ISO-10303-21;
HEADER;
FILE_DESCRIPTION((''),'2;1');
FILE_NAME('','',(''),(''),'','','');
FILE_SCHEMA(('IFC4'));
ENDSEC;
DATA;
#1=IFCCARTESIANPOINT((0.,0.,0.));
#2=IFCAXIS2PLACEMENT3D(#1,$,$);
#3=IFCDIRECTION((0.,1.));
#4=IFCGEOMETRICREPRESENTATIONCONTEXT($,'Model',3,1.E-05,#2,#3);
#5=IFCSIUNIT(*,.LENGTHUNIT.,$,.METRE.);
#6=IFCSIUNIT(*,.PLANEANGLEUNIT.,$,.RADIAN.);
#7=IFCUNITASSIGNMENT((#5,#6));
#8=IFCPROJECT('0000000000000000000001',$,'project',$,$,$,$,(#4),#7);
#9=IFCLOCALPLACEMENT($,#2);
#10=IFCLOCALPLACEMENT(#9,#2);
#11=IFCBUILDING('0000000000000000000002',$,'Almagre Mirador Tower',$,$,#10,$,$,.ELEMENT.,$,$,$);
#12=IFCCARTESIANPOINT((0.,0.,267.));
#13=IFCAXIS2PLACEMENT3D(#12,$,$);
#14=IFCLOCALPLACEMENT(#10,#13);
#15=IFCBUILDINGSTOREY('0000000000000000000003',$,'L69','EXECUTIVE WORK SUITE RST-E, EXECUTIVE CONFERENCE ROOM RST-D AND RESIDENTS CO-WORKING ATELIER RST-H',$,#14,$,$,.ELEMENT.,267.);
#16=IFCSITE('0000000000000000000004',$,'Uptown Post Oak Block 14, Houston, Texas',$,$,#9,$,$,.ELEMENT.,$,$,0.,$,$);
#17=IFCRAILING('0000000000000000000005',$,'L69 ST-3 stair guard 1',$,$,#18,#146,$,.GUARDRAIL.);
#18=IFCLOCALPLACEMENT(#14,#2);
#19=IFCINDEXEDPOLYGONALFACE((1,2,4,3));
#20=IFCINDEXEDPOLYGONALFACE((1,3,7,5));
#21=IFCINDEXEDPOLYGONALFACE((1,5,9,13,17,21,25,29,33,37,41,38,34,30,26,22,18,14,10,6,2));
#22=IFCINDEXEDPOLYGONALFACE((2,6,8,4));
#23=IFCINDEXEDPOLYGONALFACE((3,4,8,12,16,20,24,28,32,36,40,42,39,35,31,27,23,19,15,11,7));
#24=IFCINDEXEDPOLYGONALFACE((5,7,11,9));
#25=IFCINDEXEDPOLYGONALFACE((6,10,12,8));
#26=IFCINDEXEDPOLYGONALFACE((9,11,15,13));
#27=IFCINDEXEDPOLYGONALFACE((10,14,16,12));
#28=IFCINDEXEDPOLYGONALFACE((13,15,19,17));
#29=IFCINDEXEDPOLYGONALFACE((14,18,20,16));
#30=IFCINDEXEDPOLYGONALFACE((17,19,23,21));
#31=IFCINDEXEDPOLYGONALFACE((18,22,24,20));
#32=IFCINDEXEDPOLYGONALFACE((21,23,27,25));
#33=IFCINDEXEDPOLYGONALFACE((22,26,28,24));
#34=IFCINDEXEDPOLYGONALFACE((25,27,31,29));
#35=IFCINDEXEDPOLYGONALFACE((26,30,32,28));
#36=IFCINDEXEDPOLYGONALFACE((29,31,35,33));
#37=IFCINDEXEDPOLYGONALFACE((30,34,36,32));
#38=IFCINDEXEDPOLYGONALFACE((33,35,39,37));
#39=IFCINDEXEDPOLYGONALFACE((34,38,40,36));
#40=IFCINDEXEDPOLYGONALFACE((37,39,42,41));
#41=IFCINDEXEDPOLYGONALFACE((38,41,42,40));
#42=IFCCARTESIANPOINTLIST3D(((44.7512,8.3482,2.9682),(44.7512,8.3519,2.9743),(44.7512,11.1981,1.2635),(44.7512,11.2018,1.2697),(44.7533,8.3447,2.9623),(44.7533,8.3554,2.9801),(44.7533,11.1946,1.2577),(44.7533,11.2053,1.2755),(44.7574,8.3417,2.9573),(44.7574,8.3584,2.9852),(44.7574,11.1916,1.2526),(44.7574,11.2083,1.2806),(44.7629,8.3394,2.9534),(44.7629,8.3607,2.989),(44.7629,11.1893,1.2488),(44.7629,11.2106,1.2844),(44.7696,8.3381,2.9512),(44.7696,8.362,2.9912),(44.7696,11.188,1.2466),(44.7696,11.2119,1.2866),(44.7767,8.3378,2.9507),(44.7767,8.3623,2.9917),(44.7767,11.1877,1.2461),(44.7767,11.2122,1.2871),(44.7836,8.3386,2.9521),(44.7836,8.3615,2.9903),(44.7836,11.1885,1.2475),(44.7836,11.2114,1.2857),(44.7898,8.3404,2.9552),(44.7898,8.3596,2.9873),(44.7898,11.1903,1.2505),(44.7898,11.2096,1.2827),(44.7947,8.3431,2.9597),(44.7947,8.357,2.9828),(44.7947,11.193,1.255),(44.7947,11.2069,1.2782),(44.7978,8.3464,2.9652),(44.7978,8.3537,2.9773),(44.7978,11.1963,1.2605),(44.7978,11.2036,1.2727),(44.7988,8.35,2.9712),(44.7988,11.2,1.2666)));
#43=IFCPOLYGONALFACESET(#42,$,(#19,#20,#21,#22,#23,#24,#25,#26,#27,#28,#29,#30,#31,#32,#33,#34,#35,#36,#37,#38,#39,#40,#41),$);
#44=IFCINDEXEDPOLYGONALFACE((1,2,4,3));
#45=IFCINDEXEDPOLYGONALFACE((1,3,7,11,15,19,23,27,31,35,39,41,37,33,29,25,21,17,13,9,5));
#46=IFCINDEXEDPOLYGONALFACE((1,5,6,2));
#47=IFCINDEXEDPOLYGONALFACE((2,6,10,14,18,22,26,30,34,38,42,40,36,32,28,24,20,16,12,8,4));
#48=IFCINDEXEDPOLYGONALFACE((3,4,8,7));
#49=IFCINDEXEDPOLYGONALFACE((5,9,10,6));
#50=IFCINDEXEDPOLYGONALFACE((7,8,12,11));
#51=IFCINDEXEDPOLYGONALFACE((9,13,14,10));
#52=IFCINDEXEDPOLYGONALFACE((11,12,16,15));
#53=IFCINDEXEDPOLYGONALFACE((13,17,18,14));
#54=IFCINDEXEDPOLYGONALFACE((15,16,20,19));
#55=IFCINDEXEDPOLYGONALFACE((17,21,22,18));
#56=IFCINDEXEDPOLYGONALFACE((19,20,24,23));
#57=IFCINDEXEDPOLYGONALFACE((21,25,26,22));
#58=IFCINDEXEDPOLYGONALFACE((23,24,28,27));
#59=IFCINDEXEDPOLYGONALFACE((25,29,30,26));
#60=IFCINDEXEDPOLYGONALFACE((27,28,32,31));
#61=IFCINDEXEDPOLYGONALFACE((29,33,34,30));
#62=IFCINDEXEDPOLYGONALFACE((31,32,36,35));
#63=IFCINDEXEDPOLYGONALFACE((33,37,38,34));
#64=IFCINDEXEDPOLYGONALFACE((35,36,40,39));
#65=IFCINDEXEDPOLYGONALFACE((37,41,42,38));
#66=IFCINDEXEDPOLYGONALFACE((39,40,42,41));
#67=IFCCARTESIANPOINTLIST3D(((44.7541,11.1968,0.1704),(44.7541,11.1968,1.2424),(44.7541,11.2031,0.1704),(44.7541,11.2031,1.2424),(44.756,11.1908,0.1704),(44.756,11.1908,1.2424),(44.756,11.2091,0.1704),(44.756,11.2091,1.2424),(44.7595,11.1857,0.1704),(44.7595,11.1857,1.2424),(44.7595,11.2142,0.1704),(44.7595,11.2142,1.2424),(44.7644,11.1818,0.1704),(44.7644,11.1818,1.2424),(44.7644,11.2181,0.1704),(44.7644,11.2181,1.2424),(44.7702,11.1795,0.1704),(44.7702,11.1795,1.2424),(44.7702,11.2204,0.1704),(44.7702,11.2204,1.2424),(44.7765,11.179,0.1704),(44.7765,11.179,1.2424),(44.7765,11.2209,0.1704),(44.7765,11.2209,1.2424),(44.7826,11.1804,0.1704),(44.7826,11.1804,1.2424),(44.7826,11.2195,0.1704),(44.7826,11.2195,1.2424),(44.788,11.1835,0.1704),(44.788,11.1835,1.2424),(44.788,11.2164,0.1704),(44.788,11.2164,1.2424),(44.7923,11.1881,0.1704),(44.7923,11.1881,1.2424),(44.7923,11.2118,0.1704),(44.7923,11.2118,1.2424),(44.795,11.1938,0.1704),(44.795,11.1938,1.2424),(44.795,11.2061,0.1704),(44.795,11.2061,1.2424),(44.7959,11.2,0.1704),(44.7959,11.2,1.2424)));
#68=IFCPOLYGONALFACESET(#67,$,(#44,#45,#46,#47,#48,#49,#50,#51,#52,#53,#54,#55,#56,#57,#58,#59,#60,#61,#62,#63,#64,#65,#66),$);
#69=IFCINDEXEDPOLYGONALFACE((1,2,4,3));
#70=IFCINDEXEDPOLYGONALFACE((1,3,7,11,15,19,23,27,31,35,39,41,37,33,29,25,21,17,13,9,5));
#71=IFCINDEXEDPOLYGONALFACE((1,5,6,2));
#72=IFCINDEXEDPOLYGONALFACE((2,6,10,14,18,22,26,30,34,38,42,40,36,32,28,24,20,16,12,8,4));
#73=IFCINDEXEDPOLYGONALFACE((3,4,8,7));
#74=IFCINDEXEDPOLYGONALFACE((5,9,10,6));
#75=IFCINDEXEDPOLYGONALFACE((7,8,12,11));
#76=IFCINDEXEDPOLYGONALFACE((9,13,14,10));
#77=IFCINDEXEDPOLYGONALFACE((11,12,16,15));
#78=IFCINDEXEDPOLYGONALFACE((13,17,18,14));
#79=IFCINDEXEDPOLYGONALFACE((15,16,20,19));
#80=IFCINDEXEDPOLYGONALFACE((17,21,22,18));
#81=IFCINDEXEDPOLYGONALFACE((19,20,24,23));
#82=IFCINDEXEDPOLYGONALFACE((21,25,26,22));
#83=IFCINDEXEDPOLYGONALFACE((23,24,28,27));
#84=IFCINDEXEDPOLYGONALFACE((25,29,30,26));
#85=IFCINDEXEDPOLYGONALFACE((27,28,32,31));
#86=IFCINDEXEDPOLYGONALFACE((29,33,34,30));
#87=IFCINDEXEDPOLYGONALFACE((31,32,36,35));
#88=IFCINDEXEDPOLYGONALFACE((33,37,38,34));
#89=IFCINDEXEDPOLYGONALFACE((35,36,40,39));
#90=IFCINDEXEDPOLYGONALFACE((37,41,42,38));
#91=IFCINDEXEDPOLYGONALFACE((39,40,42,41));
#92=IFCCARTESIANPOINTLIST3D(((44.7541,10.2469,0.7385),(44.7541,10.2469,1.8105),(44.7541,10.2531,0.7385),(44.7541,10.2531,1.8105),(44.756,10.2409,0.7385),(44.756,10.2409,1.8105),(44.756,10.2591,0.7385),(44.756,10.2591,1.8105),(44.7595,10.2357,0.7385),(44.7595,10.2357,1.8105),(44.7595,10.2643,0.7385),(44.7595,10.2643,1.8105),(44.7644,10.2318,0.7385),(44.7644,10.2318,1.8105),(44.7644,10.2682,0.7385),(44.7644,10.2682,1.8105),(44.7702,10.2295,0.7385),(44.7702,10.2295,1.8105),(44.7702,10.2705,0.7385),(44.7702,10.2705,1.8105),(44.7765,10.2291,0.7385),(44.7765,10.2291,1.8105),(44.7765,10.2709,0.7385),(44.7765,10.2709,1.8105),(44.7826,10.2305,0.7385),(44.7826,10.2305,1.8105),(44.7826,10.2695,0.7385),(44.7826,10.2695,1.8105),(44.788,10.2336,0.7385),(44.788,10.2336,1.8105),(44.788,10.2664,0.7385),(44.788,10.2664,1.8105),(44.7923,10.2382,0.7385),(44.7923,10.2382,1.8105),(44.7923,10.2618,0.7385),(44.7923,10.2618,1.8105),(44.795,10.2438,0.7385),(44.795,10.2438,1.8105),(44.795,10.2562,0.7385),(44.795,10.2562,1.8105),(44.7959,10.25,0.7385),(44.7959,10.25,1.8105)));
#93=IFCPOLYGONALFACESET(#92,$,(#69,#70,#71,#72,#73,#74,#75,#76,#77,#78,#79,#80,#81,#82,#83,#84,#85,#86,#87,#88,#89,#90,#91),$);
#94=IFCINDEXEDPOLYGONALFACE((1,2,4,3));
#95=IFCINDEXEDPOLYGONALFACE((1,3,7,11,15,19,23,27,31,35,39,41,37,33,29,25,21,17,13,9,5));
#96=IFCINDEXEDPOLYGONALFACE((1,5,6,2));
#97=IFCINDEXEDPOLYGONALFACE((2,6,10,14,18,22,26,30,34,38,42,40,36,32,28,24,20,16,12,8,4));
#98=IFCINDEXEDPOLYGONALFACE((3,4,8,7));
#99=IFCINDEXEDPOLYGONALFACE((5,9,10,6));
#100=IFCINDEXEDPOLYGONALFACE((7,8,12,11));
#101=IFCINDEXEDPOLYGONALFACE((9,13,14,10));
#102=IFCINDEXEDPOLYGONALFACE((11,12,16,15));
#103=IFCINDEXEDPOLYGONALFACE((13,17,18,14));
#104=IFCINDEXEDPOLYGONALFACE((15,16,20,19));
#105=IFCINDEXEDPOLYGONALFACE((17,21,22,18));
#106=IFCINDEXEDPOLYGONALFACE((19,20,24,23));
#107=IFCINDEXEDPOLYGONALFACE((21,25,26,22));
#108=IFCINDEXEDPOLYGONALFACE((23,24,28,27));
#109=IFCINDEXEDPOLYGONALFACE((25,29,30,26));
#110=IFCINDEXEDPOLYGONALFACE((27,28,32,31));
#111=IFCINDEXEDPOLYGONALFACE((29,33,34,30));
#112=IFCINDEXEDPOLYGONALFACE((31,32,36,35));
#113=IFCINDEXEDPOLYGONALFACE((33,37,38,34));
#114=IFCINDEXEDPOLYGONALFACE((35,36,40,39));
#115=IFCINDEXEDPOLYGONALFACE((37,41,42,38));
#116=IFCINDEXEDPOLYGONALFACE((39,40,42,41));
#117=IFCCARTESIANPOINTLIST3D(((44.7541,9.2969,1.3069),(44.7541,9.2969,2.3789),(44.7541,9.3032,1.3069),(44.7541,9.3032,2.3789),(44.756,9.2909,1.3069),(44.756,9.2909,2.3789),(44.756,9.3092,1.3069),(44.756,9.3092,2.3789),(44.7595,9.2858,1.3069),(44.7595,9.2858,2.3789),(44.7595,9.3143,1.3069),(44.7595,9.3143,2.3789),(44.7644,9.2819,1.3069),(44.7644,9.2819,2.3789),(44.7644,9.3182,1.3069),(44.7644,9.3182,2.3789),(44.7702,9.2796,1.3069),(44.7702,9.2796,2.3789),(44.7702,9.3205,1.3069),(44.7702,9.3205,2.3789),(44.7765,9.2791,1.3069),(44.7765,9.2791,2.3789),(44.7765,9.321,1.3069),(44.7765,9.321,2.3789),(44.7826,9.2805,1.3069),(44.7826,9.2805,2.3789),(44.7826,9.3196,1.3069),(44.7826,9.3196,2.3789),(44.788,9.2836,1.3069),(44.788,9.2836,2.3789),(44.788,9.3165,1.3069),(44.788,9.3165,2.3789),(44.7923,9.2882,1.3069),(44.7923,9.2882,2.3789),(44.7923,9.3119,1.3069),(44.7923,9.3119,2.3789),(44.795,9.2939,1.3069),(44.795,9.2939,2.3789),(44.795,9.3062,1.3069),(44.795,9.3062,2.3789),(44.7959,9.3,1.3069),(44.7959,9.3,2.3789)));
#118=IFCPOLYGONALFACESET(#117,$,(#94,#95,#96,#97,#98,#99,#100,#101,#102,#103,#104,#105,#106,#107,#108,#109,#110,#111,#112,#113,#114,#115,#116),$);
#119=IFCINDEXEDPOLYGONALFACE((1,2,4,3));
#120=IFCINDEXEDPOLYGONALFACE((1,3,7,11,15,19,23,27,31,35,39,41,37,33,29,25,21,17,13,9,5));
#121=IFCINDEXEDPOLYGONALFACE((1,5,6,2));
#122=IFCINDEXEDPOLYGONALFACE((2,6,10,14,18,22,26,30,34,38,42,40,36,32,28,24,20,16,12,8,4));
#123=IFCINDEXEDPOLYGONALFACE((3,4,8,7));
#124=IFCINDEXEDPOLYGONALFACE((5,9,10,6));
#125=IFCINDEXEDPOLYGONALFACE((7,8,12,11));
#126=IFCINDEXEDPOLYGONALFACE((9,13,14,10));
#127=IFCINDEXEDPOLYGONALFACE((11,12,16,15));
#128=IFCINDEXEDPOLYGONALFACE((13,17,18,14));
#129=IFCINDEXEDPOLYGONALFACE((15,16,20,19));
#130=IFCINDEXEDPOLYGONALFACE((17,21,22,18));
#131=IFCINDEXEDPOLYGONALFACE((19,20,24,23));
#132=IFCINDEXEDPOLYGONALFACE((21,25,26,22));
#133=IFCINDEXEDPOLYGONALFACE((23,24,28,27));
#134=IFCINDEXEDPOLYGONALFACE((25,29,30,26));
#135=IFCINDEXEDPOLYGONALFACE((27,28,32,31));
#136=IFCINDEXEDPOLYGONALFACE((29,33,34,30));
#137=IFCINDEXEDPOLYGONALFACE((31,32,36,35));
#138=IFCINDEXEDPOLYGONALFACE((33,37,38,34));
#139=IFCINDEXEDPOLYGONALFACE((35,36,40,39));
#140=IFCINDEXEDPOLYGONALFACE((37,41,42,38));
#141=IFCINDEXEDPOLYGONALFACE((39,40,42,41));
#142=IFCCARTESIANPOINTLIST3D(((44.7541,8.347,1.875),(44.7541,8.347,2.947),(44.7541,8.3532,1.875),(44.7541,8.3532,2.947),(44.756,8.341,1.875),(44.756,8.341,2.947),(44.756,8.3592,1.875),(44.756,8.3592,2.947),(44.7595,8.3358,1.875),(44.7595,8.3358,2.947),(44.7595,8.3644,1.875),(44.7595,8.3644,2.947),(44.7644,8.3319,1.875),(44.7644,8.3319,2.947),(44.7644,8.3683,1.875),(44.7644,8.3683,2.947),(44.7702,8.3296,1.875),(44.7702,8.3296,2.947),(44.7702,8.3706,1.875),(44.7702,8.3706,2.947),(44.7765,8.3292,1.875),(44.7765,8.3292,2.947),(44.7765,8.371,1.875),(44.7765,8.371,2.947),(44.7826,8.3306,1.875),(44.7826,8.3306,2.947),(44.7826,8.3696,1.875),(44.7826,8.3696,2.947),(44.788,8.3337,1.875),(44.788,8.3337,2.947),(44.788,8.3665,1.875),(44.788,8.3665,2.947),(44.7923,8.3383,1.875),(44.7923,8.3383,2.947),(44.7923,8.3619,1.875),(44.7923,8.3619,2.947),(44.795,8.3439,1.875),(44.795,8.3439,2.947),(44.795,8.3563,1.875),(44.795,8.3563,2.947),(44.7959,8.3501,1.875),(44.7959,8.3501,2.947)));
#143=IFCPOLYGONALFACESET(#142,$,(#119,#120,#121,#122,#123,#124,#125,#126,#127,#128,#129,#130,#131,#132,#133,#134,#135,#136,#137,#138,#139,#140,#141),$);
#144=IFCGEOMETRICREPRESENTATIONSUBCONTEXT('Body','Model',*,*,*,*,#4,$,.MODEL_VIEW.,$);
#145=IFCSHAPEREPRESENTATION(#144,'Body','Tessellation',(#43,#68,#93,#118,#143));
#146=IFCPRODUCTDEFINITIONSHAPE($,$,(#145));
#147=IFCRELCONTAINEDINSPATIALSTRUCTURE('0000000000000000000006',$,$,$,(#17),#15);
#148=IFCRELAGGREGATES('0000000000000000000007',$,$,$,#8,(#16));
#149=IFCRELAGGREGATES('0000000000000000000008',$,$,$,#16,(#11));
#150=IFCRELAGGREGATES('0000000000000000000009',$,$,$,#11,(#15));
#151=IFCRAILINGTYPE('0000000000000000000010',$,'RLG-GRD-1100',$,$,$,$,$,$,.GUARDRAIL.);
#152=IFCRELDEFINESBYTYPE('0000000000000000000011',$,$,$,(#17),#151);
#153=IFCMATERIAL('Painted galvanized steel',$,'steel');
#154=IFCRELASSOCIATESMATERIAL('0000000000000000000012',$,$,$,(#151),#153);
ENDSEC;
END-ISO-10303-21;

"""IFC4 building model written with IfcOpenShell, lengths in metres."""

from ifc_helpers import new_model, si_unit, direction, frame, origin, origin_2d, place, context, subcontext, project, spatial, circle, extrude, material, type_object, element, save


model = new_model("IFC4")

# Units and contexts
model_context = context("Model", 3, precision=1e-05, world=origin(), true_north=direction((0.0, 1.0)))
body_context = subcontext(model_context, "Body", "Model", "MODEL_VIEW")
ifc_project = project(units=[si_unit("LENGTHUNIT", "METRE"), si_unit("PLANEANGLEUNIT", "RADIAN")], contexts=[model_context])

# Site, building, storey
site_placement = place(None, origin())
site = spatial("IfcSite", under=ifc_project, at=site_placement, Name="Uptown Post Oak Block 14, Houston, Texas", CompositionType="ELEMENT", RefElevation=0.0)
building_placement = place(site_placement, origin())
building = spatial("IfcBuilding", under=site, at=building_placement, Name="Almagre Mirador Tower", CompositionType="ELEMENT")
storey_placement = place(building_placement, frame((0.0, 0.0, 267.0)))
storey = spatial("IfcBuildingStorey", under=building, at=storey_placement, Name="L69", Description="EXECUTIVE WORK SUITE RST-E, EXECUTIVE CONFERENCE ROOM RST-D AND RESIDENTS CO-WORKING ATELIER RST-H", CompositionType="ELEMENT", Elevation=267.0)

# Railing
ifc_material_1 = material(Name="Painted galvanized steel", Category="steel")
railing_type = type_object("IfcRailingType", Name="RLG-GRD-1100", PredefinedType="GUARDRAIL", material=ifc_material_1)
railing_1_placement = place(storey_placement, frame((44.7749, 11.2, 0.1704)))
element("IfcRailing", 1, at=railing_1_placement, inside=storey, type_object=railing_type, Name="L69 ST-3 stair guard 1", PredefinedType="GUARDRAIL", context=body_context, shape_type="SweptSolid", body=[
    extrude(circle(Radius=0.0239, at=origin_2d()), frame((0.0, 0.0, 1.0962), z_axis=(0.0, -0.858199, 0.513317), x_axis=(1.0, 0.0, 0.0)), (0.0, 0.0, 1.0), 3.3208),
    extrude(circle(Radius=0.021, at=origin_2d()), origin(), (0.0, 0.0, 1.0), 1.072),
    extrude(circle(Radius=0.021, at=origin_2d()), frame((0.0, -0.95, 0.5681)), (0.0, 0.0, 1.0), 1.072),
    extrude(circle(Radius=0.021, at=origin_2d()), frame((0.0, -1.8999, 1.1365)), (0.0, 0.0, 1.0), 1.072),
    extrude(circle(Radius=0.021, at=origin_2d()), frame((0.0, -2.8499, 1.7046)), (0.0, 0.0, 1.0), 1.072),
])

save(model, "model.ifc")
